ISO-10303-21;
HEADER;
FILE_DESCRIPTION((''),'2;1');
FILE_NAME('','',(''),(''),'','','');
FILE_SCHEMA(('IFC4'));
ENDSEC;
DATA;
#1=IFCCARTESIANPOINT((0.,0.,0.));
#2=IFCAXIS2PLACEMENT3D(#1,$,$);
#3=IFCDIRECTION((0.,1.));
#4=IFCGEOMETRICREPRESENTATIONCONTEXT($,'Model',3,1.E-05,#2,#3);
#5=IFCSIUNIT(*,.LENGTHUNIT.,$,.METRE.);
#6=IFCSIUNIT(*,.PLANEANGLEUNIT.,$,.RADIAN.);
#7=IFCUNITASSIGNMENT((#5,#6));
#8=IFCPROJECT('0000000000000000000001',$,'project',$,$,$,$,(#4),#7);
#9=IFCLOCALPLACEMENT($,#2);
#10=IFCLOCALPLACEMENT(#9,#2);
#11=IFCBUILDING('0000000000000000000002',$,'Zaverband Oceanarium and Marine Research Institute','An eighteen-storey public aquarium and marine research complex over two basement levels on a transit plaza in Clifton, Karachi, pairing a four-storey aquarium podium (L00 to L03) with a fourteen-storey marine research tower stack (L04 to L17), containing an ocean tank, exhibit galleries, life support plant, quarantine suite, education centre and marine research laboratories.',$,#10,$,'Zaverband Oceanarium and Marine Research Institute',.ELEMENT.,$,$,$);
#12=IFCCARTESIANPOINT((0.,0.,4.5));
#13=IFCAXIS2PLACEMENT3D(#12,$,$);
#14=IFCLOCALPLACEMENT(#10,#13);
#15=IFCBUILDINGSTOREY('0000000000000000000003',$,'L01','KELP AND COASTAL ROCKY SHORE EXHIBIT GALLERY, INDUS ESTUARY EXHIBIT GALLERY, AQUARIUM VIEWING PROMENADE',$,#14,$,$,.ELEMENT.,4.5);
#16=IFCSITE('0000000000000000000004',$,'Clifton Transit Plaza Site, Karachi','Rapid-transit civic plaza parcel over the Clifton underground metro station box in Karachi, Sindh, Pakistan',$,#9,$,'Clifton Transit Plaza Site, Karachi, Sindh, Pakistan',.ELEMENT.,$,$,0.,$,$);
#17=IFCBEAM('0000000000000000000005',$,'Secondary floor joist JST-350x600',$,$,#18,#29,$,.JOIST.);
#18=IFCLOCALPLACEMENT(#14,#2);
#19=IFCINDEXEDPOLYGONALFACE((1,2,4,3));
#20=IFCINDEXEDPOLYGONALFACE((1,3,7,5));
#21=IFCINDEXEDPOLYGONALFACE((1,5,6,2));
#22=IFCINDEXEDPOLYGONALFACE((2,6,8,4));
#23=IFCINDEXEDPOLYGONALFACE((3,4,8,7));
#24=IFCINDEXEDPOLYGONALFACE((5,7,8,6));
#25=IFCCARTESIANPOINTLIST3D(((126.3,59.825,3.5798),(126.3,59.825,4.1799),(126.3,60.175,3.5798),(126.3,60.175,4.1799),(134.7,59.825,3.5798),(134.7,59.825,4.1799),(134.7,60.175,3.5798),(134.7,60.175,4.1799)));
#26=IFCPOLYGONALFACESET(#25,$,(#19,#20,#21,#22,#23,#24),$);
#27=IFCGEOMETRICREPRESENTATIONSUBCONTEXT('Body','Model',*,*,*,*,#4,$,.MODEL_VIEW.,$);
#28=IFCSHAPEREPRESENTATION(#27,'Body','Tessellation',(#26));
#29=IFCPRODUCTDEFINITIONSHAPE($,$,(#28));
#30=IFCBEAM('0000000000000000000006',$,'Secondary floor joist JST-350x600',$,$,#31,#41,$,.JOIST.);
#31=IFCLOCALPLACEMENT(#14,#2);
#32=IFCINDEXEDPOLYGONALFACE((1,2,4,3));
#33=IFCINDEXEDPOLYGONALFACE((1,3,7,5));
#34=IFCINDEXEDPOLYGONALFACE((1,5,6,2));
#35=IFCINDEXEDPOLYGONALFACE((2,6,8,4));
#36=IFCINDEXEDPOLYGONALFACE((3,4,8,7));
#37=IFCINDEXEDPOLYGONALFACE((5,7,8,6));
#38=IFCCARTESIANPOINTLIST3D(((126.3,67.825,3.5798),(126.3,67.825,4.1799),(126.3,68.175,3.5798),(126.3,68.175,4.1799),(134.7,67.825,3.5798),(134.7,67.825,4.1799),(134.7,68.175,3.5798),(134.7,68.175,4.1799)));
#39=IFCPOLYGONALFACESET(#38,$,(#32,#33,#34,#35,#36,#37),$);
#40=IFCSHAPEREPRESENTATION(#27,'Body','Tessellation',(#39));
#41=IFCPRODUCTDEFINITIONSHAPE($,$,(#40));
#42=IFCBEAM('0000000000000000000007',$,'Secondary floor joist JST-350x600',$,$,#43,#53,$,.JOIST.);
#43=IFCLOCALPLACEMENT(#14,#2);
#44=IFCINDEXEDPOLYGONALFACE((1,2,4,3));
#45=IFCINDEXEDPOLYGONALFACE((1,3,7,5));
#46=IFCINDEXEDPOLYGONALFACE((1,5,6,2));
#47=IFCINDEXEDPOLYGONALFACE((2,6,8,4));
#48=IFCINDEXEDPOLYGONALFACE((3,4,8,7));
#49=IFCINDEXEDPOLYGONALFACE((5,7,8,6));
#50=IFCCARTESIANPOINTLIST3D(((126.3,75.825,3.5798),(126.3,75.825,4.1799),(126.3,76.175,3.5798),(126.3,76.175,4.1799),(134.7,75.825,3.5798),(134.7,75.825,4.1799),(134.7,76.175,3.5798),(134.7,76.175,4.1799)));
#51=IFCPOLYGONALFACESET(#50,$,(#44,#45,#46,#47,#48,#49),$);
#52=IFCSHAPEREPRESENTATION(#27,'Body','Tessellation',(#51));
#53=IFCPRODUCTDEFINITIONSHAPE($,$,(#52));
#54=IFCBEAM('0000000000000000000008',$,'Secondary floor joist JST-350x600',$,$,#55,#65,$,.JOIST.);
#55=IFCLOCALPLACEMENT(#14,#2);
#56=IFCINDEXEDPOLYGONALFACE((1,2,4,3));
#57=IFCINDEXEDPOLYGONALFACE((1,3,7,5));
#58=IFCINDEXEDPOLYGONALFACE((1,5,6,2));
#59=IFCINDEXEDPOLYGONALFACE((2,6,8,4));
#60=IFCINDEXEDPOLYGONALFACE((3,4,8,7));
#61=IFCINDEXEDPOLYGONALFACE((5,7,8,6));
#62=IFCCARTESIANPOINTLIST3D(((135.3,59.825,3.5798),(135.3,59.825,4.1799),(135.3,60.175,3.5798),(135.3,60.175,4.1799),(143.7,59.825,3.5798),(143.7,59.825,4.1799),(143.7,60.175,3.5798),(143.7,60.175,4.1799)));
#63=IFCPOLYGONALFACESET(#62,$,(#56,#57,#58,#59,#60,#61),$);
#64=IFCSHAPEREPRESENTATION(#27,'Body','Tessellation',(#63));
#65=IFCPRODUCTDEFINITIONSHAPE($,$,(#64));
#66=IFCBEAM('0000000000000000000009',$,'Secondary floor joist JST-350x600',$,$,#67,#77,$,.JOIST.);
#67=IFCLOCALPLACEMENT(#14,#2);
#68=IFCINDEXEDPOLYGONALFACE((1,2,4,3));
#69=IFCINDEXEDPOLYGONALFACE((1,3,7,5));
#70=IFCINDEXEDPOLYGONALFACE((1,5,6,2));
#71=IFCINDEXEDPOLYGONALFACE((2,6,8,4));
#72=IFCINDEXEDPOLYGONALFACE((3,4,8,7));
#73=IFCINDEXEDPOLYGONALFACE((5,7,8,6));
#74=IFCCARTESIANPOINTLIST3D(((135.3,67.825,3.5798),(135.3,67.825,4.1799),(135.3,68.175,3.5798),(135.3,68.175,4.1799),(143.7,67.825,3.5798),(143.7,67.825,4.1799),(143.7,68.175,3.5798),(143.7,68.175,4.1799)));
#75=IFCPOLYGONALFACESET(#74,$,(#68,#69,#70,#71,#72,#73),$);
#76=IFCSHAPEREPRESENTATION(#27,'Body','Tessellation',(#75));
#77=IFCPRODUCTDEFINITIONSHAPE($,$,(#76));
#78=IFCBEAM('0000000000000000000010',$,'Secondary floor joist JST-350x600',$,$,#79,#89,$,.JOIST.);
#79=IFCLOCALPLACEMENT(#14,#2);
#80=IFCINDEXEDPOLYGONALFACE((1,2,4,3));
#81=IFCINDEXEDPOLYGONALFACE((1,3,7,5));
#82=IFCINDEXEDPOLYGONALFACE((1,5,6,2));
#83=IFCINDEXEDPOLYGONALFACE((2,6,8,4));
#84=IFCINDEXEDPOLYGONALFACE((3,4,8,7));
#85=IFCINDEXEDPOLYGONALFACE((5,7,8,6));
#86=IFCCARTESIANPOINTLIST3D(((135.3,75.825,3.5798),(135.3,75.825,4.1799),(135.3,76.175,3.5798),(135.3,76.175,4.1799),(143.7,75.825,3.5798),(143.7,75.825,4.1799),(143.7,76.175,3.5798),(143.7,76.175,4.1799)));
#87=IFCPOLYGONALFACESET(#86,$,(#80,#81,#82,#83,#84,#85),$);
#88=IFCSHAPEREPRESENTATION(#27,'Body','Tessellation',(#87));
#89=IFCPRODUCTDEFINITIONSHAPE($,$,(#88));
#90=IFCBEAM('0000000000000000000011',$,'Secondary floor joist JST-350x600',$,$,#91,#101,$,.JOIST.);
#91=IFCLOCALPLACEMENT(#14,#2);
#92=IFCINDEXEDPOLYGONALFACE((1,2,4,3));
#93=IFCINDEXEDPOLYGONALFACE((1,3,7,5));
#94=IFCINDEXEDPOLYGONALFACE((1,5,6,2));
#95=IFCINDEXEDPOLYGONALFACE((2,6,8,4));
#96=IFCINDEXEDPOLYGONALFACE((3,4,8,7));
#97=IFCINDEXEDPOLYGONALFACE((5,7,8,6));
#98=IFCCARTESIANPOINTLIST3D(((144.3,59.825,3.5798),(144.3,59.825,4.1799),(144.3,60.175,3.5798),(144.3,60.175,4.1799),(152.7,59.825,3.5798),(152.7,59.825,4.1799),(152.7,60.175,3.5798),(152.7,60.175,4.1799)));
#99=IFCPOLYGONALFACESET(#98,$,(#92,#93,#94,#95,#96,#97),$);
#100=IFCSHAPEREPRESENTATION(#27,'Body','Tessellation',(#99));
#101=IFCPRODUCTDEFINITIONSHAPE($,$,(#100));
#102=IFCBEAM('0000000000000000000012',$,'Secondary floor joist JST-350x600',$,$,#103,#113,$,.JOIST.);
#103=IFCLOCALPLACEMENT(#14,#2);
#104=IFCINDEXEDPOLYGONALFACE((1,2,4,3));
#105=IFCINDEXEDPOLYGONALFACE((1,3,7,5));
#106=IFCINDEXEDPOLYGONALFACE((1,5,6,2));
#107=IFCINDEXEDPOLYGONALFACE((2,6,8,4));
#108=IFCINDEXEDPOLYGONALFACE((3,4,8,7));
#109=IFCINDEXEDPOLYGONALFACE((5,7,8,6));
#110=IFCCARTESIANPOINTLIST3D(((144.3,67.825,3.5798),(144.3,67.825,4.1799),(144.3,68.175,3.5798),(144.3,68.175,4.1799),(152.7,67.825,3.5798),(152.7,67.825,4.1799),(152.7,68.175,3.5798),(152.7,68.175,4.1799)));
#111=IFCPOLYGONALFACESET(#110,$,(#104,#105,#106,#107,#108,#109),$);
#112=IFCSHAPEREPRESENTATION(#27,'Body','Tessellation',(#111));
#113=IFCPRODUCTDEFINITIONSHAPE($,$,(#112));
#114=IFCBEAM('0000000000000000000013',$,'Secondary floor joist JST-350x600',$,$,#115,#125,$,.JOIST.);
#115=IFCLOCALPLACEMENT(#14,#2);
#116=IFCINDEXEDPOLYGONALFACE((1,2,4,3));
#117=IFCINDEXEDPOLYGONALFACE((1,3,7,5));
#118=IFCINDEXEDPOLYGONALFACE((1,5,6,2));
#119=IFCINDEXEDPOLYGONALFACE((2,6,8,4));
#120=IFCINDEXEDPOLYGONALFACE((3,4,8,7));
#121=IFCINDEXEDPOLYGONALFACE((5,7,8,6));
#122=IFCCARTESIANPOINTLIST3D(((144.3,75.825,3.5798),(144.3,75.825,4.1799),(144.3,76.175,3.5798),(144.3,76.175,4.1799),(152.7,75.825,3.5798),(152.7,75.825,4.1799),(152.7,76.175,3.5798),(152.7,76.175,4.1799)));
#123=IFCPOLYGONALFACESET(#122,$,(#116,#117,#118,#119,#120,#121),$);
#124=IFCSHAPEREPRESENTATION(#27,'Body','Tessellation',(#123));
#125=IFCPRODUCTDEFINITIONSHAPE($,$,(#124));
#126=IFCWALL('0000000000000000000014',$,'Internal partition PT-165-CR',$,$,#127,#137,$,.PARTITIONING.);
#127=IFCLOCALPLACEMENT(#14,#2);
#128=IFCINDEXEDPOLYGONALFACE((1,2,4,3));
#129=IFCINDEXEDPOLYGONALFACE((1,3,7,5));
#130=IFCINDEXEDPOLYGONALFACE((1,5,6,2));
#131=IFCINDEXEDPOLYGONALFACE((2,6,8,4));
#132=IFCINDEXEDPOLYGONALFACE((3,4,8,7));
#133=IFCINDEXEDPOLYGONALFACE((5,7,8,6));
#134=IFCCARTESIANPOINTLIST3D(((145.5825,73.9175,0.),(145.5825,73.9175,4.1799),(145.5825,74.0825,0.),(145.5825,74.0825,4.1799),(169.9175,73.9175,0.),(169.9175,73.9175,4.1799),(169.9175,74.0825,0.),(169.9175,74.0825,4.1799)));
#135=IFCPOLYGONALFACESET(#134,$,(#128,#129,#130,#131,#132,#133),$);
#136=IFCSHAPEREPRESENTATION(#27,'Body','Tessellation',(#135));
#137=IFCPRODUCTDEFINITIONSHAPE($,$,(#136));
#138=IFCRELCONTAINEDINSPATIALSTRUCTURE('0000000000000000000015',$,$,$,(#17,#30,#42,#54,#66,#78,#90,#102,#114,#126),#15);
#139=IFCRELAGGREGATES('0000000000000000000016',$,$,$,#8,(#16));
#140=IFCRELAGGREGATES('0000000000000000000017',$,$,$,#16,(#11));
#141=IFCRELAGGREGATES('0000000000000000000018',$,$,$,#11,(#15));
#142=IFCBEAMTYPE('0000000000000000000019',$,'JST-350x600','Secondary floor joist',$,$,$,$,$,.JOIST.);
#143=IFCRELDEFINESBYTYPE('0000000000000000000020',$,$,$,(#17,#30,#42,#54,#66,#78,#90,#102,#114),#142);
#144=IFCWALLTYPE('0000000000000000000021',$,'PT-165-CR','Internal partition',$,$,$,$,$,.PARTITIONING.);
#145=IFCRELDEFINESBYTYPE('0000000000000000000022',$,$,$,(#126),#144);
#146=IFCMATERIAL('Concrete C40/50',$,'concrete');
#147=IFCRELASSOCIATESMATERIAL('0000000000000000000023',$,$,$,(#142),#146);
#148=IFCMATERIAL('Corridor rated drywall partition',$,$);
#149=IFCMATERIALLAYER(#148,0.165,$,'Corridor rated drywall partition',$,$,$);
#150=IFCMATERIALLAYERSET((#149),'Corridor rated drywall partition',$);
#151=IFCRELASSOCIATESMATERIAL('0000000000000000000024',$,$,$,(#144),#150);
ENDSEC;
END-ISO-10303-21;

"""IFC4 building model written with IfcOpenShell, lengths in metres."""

from ifc_helpers import new_model, si_unit, direction, frame, frame_2d, origin, origin_2d, place, context, subcontext, project, spatial, rectangle, extrude, material, layer, layer_set, material_profile, profile_set, type_object, element, save


model = new_model("IFC4")

# Units and contexts
model_context = context("Model", 3, precision=1e-05, world=origin(), true_north=direction((0.0, 1.0)))
body_context = subcontext(model_context, "Body", "Model", "MODEL_VIEW")
ifc_project = project(units=[si_unit("LENGTHUNIT", "METRE"), si_unit("PLANEANGLEUNIT", "RADIAN")], contexts=[model_context])

# Site, building, storey
site_placement = place(None, origin())
site = spatial("IfcSite", under=ifc_project, at=site_placement, Name="Clifton Transit Plaza Site, Karachi", Description="Rapid-transit civic plaza parcel over the Clifton underground metro station box in Karachi, Sindh, Pakistan", LongName="Clifton Transit Plaza Site, Karachi, Sindh, Pakistan", CompositionType="ELEMENT", RefElevation=0.0)
building_placement = place(site_placement, origin())
building = spatial("IfcBuilding", under=site, at=building_placement, Name="Zaverband Oceanarium and Marine Research Institute", Description="An eighteen-storey public aquarium and marine research complex over two basement levels on a transit plaza in Clifton, Karachi, pairing a four-storey aquarium podium (L00 to L03) with a fourteen-storey marine research tower stack (L04 to L17), containing an ocean tank, exhibit galleries, life support plant, quarantine suite, education centre and marine research laboratories.", LongName="Zaverband Oceanarium and Marine Research Institute", CompositionType="ELEMENT")
storey_placement = place(building_placement, frame((0.0, 0.0, 4.5)))
storey = spatial("IfcBuildingStorey", under=building, at=storey_placement, Name="L01", Description="KELP AND COASTAL ROCKY SHORE EXHIBIT GALLERY, INDUS ESTUARY EXHIBIT GALLERY, AQUARIUM VIEWING PROMENADE", CompositionType="ELEMENT", Elevation=4.5)

# Beams
ifc_material_1 = material(Name="Concrete C40/50", Category="concrete")
ifc_material_profile_1 = material_profile(ifc_material_1, rectangle(XDim=0.3501, YDim=0.6001, at=origin_2d()), Name="RC350x600")
ifc_profile_set_1 = profile_set([ifc_material_profile_1], Name="Concrete C40/50")
beam_type_1 = type_object("IfcBeamType", Name="JST-350x600", Description="Secondary floor joist", PredefinedType="JOIST", material=ifc_profile_set_1)
for number, where, z_axis, x_axis, name in (
    (1, (126.3, 60.0, 3.8799), (1.0, 0.0, 0.0), (0.0, 1.0, 0.0), "Secondary floor joist JST-350x600"),
    (2, (126.3, 68.0, 3.8799), (1.0, 0.0, 0.0), (0.0, 1.0, 0.0), "Secondary floor joist JST-350x600"),
    (3, (126.3, 76.0, 3.8799), (1.0, 0.0, 0.0), (0.0, 1.0, 0.0), "Secondary floor joist JST-350x600"),
    (4, (135.3, 60.0, 3.8799), (1.0, 0.0, 0.0), (0.0, 1.0, 0.0), "Secondary floor joist JST-350x600"),
    (5, (135.3, 68.0, 3.8799), (1.0, 0.0, 0.0), (0.0, 1.0, 0.0), "Secondary floor joist JST-350x600"),
    (6, (135.3, 76.0, 3.8799), (1.0, 0.0, 0.0), (0.0, 1.0, 0.0), "Secondary floor joist JST-350x600"),
    (7, (144.3, 60.0, 3.8799), (1.0, 0.0, 0.0), (0.0, 1.0, 0.0), "Secondary floor joist JST-350x600"),
    (8, (144.3, 68.0, 3.8799), (1.0, 0.0, 0.0), (0.0, 1.0, 0.0), "Secondary floor joist JST-350x600"),
    (9, (144.3, 76.0, 3.8799), (1.0, 0.0, 0.0), (0.0, 1.0, 0.0), "Secondary floor joist JST-350x600"),
):
    element("IfcBeam", number, at=place(storey_placement, frame(where, z_axis=z_axis, x_axis=x_axis)), inside=storey, type_object=beam_type_1, Name=name, PredefinedType="JOIST", context=body_context, shape_type="SweptSolid", body=[
        extrude(rectangle(XDim=0.3501, YDim=0.6001, at=origin_2d()), origin(), (0.0, 0.0, 1.0), 8.3999),
    ])

# Wall
ifc_material_2 = material(Name="Corridor rated drywall partition")
ifc_layer = layer(ifc_material_2, 0.165, Name="Corridor rated drywall partition")
ifc_layer_set = layer_set([ifc_layer], Name="Corridor rated drywall partition")
wall_type = type_object("IfcWallType", Name="PT-165-CR", Description="Internal partition", PredefinedType="PARTITIONING", material=ifc_layer_set)
wall_placement = place(storey_placement, frame((145.5825, 74.0, 0.0), z_axis=(0.0, 0.0, 1.0), x_axis=(1.0, 0.0, 0.0)))
element("IfcWall", 10, at=wall_placement, inside=storey, type_object=wall_type, Name="Internal partition PT-165-CR", PredefinedType="PARTITIONING", context=body_context, shape_type="SweptSolid", body=[
    extrude(rectangle(XDim=24.335, YDim=0.165, at=frame_2d((12.1675, 0.0))), origin(), (0.0, 0.0, 1.0), 4.1799),
])

save(model, "model.ifc")
